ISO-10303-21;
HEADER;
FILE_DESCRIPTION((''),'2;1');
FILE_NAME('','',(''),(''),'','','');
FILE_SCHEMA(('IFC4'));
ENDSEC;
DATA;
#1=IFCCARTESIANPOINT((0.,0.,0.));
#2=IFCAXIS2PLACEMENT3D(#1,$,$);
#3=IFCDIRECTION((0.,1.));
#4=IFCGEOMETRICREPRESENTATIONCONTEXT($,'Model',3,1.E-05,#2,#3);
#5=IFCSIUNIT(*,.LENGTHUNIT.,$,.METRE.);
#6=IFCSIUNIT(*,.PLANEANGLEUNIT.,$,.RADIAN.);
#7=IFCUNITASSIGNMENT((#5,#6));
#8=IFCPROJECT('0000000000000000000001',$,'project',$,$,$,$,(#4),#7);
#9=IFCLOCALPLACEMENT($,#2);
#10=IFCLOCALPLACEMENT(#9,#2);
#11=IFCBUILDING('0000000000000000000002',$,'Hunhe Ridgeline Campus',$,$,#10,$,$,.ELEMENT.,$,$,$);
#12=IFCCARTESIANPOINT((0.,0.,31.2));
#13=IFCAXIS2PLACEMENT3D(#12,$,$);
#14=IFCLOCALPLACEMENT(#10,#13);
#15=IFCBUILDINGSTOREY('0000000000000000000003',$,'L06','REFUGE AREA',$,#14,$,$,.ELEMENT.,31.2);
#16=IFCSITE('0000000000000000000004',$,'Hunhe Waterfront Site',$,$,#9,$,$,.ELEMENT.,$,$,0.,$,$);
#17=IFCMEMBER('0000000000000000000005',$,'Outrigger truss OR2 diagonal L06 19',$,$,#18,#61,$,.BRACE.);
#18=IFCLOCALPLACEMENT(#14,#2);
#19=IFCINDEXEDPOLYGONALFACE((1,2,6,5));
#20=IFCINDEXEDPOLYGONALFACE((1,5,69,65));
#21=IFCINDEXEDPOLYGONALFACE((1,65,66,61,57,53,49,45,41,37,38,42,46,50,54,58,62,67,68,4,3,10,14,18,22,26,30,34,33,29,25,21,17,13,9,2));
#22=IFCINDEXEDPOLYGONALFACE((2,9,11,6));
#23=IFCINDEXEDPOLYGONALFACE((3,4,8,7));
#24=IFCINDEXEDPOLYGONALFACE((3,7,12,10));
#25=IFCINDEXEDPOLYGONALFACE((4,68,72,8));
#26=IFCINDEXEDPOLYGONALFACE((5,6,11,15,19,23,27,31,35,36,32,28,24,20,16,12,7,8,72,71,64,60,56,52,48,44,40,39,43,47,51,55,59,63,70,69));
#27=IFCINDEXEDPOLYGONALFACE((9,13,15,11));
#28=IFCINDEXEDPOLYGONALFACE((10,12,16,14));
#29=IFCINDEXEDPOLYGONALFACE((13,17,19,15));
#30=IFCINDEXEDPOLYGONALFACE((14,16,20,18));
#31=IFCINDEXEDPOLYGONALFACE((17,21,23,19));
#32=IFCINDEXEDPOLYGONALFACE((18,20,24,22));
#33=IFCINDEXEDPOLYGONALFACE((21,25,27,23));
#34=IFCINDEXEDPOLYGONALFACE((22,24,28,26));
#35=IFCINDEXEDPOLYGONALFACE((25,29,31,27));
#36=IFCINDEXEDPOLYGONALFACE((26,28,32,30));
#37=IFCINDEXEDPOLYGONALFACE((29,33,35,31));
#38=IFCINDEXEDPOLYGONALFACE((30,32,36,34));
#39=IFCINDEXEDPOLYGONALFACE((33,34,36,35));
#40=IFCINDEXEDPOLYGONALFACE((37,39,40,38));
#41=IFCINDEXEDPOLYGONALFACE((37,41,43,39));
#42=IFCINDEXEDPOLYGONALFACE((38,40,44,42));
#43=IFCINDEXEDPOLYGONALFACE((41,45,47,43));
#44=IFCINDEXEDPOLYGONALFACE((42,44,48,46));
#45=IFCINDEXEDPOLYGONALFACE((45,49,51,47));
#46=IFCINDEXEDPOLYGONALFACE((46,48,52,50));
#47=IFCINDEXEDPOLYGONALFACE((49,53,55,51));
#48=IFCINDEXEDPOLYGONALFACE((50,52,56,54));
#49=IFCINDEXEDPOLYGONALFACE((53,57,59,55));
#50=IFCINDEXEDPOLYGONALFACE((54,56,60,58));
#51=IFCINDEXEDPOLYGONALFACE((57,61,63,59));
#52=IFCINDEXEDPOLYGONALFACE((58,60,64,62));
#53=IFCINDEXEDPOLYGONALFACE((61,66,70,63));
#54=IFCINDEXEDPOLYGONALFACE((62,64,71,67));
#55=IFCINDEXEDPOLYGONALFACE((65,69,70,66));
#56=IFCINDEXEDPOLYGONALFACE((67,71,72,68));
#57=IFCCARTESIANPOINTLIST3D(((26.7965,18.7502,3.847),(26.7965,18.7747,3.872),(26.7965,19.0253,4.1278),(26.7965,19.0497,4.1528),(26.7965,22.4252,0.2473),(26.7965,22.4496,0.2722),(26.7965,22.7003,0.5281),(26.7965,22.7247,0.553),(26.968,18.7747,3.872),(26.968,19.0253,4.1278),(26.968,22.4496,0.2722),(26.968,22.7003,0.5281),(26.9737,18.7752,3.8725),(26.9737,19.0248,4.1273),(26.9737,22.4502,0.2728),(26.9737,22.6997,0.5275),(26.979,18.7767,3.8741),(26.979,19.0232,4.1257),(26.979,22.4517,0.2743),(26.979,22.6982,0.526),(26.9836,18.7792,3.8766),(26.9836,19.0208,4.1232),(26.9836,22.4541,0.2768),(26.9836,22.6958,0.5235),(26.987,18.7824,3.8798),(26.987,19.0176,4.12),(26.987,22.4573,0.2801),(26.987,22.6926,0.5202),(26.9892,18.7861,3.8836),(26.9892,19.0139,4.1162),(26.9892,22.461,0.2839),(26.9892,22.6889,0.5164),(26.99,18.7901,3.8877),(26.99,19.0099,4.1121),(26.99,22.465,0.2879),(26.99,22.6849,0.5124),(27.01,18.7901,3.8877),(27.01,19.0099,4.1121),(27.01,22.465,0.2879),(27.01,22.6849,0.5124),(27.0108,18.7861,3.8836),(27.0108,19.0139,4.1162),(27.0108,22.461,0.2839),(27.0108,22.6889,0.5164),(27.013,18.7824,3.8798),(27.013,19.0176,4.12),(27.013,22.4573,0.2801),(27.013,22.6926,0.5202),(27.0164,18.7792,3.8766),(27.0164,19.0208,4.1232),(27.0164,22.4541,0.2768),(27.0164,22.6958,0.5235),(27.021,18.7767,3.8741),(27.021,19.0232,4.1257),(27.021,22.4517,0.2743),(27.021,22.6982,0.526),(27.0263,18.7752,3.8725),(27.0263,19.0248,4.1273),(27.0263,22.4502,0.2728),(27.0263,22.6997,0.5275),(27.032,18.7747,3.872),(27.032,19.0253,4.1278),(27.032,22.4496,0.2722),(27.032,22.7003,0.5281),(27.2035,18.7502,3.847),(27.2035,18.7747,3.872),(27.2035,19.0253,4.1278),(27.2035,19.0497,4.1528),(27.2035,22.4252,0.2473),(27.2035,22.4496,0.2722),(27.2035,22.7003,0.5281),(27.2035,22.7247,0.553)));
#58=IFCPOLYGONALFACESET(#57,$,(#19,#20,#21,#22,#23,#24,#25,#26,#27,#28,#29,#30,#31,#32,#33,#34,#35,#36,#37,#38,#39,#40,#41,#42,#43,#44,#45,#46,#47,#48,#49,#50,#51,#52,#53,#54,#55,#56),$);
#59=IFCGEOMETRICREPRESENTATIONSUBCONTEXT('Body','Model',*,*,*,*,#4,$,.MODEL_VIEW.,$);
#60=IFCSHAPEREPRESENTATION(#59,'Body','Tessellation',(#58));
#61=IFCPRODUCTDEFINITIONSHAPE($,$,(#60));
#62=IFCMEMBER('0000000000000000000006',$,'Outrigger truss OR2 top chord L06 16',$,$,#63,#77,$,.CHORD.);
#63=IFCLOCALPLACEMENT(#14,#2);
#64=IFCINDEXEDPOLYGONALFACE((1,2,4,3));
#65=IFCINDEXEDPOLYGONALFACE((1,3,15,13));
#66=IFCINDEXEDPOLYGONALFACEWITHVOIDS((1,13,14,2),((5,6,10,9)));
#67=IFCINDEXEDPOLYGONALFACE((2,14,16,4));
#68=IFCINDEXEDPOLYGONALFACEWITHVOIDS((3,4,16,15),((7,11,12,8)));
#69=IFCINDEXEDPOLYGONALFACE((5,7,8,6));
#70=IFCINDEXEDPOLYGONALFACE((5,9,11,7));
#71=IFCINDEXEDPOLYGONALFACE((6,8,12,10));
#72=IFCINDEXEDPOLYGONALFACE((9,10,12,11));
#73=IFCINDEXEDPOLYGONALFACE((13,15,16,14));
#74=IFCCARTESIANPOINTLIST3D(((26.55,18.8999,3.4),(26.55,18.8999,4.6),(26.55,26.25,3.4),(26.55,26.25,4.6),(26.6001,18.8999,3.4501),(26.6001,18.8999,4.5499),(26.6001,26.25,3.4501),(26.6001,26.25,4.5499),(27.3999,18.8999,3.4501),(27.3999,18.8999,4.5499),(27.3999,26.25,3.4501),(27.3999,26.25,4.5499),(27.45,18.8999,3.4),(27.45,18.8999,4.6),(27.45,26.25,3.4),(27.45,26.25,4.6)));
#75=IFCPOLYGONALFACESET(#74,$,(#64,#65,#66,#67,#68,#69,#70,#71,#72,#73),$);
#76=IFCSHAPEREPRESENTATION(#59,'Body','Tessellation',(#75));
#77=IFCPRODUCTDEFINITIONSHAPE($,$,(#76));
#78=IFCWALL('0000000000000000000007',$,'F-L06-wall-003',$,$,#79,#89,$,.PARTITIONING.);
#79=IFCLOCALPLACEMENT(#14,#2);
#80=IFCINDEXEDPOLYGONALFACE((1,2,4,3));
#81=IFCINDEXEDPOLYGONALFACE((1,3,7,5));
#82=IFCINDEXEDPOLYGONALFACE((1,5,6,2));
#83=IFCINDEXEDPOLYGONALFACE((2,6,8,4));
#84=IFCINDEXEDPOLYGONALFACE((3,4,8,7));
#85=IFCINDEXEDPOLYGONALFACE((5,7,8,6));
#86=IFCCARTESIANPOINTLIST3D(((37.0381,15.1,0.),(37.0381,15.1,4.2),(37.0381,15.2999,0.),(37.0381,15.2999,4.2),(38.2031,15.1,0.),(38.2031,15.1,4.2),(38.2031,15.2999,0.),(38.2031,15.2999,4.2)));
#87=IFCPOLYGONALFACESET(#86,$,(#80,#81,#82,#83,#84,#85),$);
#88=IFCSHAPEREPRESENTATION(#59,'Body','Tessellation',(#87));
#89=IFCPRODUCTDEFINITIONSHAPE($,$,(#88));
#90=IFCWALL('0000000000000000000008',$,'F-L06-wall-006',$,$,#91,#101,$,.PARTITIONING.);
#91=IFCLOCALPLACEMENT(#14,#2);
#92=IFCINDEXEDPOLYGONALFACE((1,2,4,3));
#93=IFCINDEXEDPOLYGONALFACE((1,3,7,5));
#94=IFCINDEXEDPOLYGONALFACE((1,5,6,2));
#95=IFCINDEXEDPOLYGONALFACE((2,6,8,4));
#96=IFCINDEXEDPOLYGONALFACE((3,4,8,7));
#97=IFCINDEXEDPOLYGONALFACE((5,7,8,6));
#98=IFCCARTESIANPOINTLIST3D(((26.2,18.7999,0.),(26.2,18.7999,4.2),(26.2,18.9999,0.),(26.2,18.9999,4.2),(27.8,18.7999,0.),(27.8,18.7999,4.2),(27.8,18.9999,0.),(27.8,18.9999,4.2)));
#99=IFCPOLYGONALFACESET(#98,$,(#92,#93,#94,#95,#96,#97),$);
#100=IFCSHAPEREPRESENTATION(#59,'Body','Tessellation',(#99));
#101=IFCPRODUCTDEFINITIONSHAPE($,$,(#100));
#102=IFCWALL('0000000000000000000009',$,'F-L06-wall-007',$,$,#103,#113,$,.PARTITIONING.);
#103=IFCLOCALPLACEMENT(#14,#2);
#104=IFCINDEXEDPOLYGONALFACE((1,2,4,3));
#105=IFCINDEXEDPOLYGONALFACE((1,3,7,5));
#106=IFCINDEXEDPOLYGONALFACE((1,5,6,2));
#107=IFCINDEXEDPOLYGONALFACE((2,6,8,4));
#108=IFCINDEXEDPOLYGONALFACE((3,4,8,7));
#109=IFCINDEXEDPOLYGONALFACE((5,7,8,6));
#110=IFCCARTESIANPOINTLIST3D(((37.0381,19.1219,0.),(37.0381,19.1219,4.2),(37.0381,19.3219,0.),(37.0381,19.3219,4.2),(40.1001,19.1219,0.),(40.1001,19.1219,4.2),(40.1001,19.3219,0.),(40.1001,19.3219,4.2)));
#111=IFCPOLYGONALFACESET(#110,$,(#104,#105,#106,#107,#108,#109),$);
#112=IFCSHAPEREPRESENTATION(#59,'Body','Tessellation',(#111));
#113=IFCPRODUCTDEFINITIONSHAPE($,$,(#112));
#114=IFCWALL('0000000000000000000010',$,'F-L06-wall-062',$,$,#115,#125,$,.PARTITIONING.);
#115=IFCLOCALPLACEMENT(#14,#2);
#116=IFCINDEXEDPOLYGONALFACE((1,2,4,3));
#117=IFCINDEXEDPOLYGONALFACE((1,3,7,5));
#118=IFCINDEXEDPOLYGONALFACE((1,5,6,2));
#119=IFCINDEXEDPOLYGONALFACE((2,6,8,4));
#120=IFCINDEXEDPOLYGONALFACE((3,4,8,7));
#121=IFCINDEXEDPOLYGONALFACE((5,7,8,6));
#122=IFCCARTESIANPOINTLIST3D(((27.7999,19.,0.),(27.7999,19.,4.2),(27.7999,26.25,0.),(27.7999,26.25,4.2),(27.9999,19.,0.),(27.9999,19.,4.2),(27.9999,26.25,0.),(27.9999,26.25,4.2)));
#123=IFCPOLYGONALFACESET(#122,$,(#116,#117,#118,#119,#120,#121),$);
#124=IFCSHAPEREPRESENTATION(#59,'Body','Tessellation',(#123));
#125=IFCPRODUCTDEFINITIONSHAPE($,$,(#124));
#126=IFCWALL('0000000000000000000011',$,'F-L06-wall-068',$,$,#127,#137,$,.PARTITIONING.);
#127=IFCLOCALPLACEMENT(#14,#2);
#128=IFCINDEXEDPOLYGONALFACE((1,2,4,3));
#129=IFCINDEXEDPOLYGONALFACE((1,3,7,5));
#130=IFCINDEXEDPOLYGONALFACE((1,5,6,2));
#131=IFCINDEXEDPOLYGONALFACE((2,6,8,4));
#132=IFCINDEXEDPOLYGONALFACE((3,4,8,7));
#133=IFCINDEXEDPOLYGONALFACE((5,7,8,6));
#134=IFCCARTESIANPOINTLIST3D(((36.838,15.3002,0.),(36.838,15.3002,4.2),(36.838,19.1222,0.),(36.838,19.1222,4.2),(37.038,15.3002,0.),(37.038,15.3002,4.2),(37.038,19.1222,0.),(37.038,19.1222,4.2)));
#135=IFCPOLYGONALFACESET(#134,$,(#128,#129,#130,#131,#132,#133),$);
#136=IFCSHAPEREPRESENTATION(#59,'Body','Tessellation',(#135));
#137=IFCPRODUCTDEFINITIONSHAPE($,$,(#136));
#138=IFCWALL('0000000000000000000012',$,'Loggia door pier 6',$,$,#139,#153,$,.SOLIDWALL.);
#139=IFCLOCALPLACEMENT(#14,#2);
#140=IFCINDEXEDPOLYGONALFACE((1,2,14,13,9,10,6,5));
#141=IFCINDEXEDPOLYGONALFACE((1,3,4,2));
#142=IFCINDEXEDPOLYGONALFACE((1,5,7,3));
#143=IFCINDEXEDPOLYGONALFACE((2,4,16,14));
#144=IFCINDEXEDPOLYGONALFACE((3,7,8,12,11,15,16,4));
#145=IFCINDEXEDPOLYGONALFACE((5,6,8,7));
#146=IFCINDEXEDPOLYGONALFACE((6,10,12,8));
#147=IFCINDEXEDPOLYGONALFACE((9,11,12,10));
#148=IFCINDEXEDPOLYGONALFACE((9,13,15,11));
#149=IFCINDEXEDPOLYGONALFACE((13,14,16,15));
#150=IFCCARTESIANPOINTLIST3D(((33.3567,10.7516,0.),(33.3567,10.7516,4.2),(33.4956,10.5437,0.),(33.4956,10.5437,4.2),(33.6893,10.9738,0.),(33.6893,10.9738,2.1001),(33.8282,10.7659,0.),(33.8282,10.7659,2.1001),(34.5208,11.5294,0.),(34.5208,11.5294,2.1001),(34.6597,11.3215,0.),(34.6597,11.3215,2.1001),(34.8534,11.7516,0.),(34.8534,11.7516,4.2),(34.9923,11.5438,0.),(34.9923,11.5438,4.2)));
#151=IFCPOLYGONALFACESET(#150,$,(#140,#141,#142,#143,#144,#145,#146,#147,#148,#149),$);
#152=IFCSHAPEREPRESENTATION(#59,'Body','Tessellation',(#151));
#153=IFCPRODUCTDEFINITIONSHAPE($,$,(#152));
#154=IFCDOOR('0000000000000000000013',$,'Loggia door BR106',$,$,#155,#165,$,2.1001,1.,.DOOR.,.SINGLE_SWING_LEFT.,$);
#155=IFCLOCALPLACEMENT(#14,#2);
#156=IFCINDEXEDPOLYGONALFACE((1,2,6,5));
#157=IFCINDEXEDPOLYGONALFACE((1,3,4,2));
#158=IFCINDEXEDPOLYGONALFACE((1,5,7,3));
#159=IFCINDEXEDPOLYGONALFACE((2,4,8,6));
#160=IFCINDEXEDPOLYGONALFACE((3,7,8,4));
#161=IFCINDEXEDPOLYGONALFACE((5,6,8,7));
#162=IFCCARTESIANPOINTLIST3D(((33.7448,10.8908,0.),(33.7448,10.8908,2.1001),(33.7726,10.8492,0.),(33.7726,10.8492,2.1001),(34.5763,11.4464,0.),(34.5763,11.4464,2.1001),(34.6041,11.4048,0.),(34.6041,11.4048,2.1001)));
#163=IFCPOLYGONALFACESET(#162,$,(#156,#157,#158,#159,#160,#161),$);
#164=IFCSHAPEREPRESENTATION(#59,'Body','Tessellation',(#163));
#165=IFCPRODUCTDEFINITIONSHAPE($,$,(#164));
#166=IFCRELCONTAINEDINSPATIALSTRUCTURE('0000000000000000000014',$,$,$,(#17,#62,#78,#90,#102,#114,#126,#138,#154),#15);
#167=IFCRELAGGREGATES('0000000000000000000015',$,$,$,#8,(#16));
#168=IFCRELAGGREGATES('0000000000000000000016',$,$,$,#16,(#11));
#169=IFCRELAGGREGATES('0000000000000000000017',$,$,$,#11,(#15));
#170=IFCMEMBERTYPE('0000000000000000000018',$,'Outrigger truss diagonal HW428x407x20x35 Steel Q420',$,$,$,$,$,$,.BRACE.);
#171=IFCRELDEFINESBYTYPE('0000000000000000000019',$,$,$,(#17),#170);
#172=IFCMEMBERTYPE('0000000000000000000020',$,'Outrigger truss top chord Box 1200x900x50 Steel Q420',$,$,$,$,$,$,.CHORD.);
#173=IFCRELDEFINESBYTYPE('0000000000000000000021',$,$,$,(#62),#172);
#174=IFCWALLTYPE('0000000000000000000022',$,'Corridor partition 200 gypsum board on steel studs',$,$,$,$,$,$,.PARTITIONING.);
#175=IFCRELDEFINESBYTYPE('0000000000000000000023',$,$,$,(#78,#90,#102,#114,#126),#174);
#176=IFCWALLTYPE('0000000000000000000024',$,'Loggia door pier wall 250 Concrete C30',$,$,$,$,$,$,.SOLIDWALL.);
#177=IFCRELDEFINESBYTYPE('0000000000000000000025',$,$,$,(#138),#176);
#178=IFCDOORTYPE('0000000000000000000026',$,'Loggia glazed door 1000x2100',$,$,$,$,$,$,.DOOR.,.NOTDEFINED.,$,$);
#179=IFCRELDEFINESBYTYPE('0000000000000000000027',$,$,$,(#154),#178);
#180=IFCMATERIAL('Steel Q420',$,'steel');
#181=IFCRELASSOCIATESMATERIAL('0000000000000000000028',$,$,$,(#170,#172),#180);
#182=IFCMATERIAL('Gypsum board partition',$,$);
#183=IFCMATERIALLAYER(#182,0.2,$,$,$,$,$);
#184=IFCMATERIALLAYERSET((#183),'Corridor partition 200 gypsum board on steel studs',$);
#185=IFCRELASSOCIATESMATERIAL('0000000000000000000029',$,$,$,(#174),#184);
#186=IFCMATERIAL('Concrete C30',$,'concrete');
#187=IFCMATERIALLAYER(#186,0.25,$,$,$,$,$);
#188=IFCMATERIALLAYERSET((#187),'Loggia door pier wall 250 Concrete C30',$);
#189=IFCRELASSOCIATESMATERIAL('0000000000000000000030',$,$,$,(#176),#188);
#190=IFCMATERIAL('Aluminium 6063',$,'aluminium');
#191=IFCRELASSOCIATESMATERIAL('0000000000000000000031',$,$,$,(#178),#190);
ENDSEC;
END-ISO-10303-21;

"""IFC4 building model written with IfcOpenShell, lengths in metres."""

from ifc_helpers import new_model, si_unit, direction, frame, frame_2d, origin, origin_2d, place, context, subcontext, project, spatial, rectangle, hollow_rectangle, i_section, extrude, material, layer, layer_set, material_profile, profile_set, type_object, element, fill, save


model = new_model("IFC4")

# Units and contexts
model_context = context("Model", 3, precision=1e-05, world=origin(), true_north=direction((0.0, 1.0)))
body_context = subcontext(model_context, "Body", "Model", "MODEL_VIEW")
ifc_project = project(units=[si_unit("LENGTHUNIT", "METRE"), si_unit("PLANEANGLEUNIT", "RADIAN")], contexts=[model_context])

# Site, building, storey
site_placement = place(None, origin())
site = spatial("IfcSite", under=ifc_project, at=site_placement, Name="Hunhe Waterfront Site", CompositionType="ELEMENT", RefElevation=0.0)
building_placement = place(site_placement, origin())
building = spatial("IfcBuilding", under=site, at=building_placement, Name="Hunhe Ridgeline Campus", CompositionType="ELEMENT")
storey_placement = place(building_placement, frame((0.0, 0.0, 31.2)))
storey = spatial("IfcBuildingStorey", under=building, at=storey_placement, Name="L06", Description="REFUGE AREA", CompositionType="ELEMENT", Elevation=31.2)

# Members
ifc_material_1 = material(Name="Aluminium 6063", Category="aluminium")
ifc_material_2 = material(Name="Steel Q420", Category="steel")
ifc_material_profile_1 = material_profile(ifc_material_2, i_section(OverallWidth=0.407, OverallDepth=0.428, WebThickness=0.02, FlangeThickness=0.0349, FilletRadius=0.022, at=origin_2d()))
ifc_profile_set_1 = profile_set([ifc_material_profile_1], Name="Steel Q420")
member_type_1 = type_object("IfcMemberType", Name="Outrigger truss diagonal HW428x407x20x35 Steel Q420", PredefinedType="BRACE", material=ifc_profile_set_1)
for number, where, z_axis, x_axis, name in (
    (1, (27.0, 22.575, 0.4001), (0.0, -0.714377, 0.699761), (1.0, 0.0, 0.0), "Outrigger truss OR2 diagonal L06 19"),
):
    element("IfcMember", number, at=place(storey_placement, frame(where, z_axis=z_axis, x_axis=x_axis)), inside=storey, type_object=member_type_1, Name=name, PredefinedType="BRACE", context=body_context, shape_type="SweptSolid", body=[
        extrude(i_section(OverallWidth=0.407, OverallDepth=0.428, WebThickness=0.02, FlangeThickness=0.0349, FilletRadius=0.022, at=origin_2d()), origin(), (0.0, 0.0, 1.0), 5.1443),
    ])
ifc_material_profile_2 = material_profile(ifc_material_2, hollow_rectangle(XDim=0.8999, YDim=1.2, WallThickness=0.05, at=origin_2d()))
ifc_profile_set_2 = profile_set([ifc_material_profile_2], Name="Steel Q420")
member_type_2 = type_object("IfcMemberType", Name="Outrigger truss top chord Box 1200x900x50 Steel Q420", PredefinedType="CHORD", material=ifc_profile_set_2)
member_1_placement = place(storey_placement, frame((27.0, 26.25, 4.0), z_axis=(0.0, -1.0, 0.0), x_axis=(1.0, 0.0, 0.0)))
element("IfcMember", 2, at=member_1_placement, inside=storey, type_object=member_type_2, Name="Outrigger truss OR2 top chord L06 16", PredefinedType="CHORD", context=body_context, shape_type="SweptSolid", body=[
    extrude(hollow_rectangle(XDim=0.8999, YDim=1.2, WallThickness=0.05, at=origin_2d()), origin(), (0.0, 0.0, 1.0), 7.3501),
])

# Walls
ifc_material_3 = material(Name="Gypsum board partition")
ifc_layer_1 = layer(ifc_material_3, 0.2)
ifc_layer_set_1 = layer_set([ifc_layer_1], Name="Corridor partition 200 gypsum board on steel studs")
wall_type_1 = type_object("IfcWallType", Name="Corridor partition 200 gypsum board on steel studs", PredefinedType="PARTITIONING", material=ifc_layer_set_1)
wall_1_placement = place(storey_placement, frame((38.2031, 15.2, 0.0), z_axis=(0.0, 0.0, 1.0), x_axis=(-1.0, 0.0, 0.0)))
element("IfcWall", 3, at=wall_1_placement, inside=storey, type_object=wall_type_1, Name="F-L06-wall-003", PredefinedType="PARTITIONING", context=body_context, shape_type="SweptSolid", body=[
    extrude(rectangle(XDim=1.165, YDim=0.2, at=frame_2d((0.5825, 0.0))), origin(), (0.0, 0.0, 1.0), 4.2),
])
wall_2_placement = place(storey_placement, frame((26.2, 18.8999, 0.0), z_axis=(0.0, 0.0, 1.0), x_axis=(1.0, 0.0, 0.0)))
element("IfcWall", 4, at=wall_2_placement, inside=storey, type_object=wall_type_1, Name="F-L06-wall-006", PredefinedType="PARTITIONING", context=body_context, shape_type="SweptSolid", body=[
    extrude(rectangle(XDim=1.6001, YDim=0.2, at=frame_2d((0.8, 0.0))), origin(), (0.0, 0.0, 1.0), 4.2),
])
wall_3_placement = place(storey_placement, frame((37.0381, 19.2219, 0.0), z_axis=(0.0, 0.0, 1.0), x_axis=(1.0, 0.0, 0.0)))
element("IfcWall", 5, at=wall_3_placement, inside=storey, type_object=wall_type_1, Name="F-L06-wall-007", PredefinedType="PARTITIONING", context=body_context, shape_type="SweptSolid", body=[
    extrude(rectangle(XDim=3.062, YDim=0.2, at=frame_2d((1.531, 0.0))), origin(), (0.0, 0.0, 1.0), 4.2),
])
wall_4_placement = place(storey_placement, frame((27.8999, 26.25, 0.0), z_axis=(0.0, 0.0, 1.0), x_axis=(0.0, -1.0, 0.0)))
element("IfcWall", 6, at=wall_4_placement, inside=storey, type_object=wall_type_1, Name="F-L06-wall-062", PredefinedType="PARTITIONING", context=body_context, shape_type="SweptSolid", body=[
    extrude(rectangle(XDim=7.25, YDim=0.2, at=frame_2d((3.625, 0.0))), origin(), (0.0, 0.0, 1.0), 4.2),
])
wall_5_placement = place(storey_placement, frame((36.938, 15.3, 0.0), z_axis=(0.0, 0.0, 1.0), x_axis=(0.0, 1.0, 0.0)))
element("IfcWall", 7, at=wall_5_placement, inside=storey, type_object=wall_type_1, Name="F-L06-wall-068", PredefinedType="PARTITIONING", context=body_context, shape_type="SweptSolid", body=[
    extrude(rectangle(XDim=3.822, YDim=0.2, at=frame_2d((1.9111, 0.0))), origin(), (0.0, 0.0, 1.0), 4.2),
])

# Wall, opening, door
ifc_material_4 = material(Name="Concrete C30", Category="concrete")
ifc_layer_2 = layer(ifc_material_4, 0.25)
ifc_layer_set_2 = layer_set([ifc_layer_2], Name="Loggia door pier wall 250 Concrete C30")
wall_type_2 = type_object("IfcWallType", Name="Loggia door pier wall 250 Concrete C30", PredefinedType="SOLIDWALL", material=ifc_layer_set_2)
wall_6_placement = place(storey_placement, frame((33.4263, 10.6477, 0.0), z_axis=(0.0, 0.0, 1.0), x_axis=(0.831466, 0.555576, 0.0)))
wall_6 = element("IfcWall", 8, at=wall_6_placement, inside=storey, type_object=wall_type_2, Name="Loggia door pier 6", PredefinedType="SOLIDWALL", context=body_context, shape_type="SweptSolid", body=[
    extrude(rectangle(XDim=1.8, YDim=0.25, at=frame_2d((0.8999, 0.0))), origin(), (0.0, 0.0, 1.0), 4.2),
])
opening_1_placement = place(wall_6_placement, frame((0.3999, 0.0, 0.0)))
opening_1 = element("IfcOpeningElement", 9, at=opening_1_placement, cuts=wall_6, PredefinedType="OPENING", context=body_context, shape_type="SweptSolid", body=[
    extrude(rectangle(XDim=1.0, YDim=2.1001, at=frame_2d((0.5, 1.05))), frame((0.0, 0.125, 0.0), z_axis=(0.0, -1.0, 0.0), x_axis=(1.0, 0.0, 0.0)), (0.0, 0.0, 1.0), 0.25),
])
door_type = type_object("IfcDoorType", Name="Loggia glazed door 1000x2100", OperationType="NOTDEFINED", PredefinedType="DOOR", material=ifc_material_1)
door_1_placement = place(opening_1_placement, frame((1.0, 0.0, 0.0), z_axis=(0.0, 0.0, 1.0), x_axis=(-1.0, 0.0, 0.0)))
door_1 = element("IfcDoor", 10, at=door_1_placement, inside=storey, type_object=door_type, Name="Loggia door BR106", OperationType="SINGLE_SWING_LEFT", OverallHeight=2.1001, OverallWidth=1.0, PredefinedType="DOOR", context=body_context, shape_type="SweptSolid", body=[
    extrude(rectangle(XDim=1.0, YDim=2.1001, at=frame_2d((0.5, 1.05))), frame((0.0, 0.0249, 0.0), z_axis=(0.0, -1.0, 0.0), x_axis=(1.0, 0.0, 0.0)), (0.0, 0.0, 1.0), 0.05),
])
fill(opening_1, door_1)

save(model, "model.ifc")
